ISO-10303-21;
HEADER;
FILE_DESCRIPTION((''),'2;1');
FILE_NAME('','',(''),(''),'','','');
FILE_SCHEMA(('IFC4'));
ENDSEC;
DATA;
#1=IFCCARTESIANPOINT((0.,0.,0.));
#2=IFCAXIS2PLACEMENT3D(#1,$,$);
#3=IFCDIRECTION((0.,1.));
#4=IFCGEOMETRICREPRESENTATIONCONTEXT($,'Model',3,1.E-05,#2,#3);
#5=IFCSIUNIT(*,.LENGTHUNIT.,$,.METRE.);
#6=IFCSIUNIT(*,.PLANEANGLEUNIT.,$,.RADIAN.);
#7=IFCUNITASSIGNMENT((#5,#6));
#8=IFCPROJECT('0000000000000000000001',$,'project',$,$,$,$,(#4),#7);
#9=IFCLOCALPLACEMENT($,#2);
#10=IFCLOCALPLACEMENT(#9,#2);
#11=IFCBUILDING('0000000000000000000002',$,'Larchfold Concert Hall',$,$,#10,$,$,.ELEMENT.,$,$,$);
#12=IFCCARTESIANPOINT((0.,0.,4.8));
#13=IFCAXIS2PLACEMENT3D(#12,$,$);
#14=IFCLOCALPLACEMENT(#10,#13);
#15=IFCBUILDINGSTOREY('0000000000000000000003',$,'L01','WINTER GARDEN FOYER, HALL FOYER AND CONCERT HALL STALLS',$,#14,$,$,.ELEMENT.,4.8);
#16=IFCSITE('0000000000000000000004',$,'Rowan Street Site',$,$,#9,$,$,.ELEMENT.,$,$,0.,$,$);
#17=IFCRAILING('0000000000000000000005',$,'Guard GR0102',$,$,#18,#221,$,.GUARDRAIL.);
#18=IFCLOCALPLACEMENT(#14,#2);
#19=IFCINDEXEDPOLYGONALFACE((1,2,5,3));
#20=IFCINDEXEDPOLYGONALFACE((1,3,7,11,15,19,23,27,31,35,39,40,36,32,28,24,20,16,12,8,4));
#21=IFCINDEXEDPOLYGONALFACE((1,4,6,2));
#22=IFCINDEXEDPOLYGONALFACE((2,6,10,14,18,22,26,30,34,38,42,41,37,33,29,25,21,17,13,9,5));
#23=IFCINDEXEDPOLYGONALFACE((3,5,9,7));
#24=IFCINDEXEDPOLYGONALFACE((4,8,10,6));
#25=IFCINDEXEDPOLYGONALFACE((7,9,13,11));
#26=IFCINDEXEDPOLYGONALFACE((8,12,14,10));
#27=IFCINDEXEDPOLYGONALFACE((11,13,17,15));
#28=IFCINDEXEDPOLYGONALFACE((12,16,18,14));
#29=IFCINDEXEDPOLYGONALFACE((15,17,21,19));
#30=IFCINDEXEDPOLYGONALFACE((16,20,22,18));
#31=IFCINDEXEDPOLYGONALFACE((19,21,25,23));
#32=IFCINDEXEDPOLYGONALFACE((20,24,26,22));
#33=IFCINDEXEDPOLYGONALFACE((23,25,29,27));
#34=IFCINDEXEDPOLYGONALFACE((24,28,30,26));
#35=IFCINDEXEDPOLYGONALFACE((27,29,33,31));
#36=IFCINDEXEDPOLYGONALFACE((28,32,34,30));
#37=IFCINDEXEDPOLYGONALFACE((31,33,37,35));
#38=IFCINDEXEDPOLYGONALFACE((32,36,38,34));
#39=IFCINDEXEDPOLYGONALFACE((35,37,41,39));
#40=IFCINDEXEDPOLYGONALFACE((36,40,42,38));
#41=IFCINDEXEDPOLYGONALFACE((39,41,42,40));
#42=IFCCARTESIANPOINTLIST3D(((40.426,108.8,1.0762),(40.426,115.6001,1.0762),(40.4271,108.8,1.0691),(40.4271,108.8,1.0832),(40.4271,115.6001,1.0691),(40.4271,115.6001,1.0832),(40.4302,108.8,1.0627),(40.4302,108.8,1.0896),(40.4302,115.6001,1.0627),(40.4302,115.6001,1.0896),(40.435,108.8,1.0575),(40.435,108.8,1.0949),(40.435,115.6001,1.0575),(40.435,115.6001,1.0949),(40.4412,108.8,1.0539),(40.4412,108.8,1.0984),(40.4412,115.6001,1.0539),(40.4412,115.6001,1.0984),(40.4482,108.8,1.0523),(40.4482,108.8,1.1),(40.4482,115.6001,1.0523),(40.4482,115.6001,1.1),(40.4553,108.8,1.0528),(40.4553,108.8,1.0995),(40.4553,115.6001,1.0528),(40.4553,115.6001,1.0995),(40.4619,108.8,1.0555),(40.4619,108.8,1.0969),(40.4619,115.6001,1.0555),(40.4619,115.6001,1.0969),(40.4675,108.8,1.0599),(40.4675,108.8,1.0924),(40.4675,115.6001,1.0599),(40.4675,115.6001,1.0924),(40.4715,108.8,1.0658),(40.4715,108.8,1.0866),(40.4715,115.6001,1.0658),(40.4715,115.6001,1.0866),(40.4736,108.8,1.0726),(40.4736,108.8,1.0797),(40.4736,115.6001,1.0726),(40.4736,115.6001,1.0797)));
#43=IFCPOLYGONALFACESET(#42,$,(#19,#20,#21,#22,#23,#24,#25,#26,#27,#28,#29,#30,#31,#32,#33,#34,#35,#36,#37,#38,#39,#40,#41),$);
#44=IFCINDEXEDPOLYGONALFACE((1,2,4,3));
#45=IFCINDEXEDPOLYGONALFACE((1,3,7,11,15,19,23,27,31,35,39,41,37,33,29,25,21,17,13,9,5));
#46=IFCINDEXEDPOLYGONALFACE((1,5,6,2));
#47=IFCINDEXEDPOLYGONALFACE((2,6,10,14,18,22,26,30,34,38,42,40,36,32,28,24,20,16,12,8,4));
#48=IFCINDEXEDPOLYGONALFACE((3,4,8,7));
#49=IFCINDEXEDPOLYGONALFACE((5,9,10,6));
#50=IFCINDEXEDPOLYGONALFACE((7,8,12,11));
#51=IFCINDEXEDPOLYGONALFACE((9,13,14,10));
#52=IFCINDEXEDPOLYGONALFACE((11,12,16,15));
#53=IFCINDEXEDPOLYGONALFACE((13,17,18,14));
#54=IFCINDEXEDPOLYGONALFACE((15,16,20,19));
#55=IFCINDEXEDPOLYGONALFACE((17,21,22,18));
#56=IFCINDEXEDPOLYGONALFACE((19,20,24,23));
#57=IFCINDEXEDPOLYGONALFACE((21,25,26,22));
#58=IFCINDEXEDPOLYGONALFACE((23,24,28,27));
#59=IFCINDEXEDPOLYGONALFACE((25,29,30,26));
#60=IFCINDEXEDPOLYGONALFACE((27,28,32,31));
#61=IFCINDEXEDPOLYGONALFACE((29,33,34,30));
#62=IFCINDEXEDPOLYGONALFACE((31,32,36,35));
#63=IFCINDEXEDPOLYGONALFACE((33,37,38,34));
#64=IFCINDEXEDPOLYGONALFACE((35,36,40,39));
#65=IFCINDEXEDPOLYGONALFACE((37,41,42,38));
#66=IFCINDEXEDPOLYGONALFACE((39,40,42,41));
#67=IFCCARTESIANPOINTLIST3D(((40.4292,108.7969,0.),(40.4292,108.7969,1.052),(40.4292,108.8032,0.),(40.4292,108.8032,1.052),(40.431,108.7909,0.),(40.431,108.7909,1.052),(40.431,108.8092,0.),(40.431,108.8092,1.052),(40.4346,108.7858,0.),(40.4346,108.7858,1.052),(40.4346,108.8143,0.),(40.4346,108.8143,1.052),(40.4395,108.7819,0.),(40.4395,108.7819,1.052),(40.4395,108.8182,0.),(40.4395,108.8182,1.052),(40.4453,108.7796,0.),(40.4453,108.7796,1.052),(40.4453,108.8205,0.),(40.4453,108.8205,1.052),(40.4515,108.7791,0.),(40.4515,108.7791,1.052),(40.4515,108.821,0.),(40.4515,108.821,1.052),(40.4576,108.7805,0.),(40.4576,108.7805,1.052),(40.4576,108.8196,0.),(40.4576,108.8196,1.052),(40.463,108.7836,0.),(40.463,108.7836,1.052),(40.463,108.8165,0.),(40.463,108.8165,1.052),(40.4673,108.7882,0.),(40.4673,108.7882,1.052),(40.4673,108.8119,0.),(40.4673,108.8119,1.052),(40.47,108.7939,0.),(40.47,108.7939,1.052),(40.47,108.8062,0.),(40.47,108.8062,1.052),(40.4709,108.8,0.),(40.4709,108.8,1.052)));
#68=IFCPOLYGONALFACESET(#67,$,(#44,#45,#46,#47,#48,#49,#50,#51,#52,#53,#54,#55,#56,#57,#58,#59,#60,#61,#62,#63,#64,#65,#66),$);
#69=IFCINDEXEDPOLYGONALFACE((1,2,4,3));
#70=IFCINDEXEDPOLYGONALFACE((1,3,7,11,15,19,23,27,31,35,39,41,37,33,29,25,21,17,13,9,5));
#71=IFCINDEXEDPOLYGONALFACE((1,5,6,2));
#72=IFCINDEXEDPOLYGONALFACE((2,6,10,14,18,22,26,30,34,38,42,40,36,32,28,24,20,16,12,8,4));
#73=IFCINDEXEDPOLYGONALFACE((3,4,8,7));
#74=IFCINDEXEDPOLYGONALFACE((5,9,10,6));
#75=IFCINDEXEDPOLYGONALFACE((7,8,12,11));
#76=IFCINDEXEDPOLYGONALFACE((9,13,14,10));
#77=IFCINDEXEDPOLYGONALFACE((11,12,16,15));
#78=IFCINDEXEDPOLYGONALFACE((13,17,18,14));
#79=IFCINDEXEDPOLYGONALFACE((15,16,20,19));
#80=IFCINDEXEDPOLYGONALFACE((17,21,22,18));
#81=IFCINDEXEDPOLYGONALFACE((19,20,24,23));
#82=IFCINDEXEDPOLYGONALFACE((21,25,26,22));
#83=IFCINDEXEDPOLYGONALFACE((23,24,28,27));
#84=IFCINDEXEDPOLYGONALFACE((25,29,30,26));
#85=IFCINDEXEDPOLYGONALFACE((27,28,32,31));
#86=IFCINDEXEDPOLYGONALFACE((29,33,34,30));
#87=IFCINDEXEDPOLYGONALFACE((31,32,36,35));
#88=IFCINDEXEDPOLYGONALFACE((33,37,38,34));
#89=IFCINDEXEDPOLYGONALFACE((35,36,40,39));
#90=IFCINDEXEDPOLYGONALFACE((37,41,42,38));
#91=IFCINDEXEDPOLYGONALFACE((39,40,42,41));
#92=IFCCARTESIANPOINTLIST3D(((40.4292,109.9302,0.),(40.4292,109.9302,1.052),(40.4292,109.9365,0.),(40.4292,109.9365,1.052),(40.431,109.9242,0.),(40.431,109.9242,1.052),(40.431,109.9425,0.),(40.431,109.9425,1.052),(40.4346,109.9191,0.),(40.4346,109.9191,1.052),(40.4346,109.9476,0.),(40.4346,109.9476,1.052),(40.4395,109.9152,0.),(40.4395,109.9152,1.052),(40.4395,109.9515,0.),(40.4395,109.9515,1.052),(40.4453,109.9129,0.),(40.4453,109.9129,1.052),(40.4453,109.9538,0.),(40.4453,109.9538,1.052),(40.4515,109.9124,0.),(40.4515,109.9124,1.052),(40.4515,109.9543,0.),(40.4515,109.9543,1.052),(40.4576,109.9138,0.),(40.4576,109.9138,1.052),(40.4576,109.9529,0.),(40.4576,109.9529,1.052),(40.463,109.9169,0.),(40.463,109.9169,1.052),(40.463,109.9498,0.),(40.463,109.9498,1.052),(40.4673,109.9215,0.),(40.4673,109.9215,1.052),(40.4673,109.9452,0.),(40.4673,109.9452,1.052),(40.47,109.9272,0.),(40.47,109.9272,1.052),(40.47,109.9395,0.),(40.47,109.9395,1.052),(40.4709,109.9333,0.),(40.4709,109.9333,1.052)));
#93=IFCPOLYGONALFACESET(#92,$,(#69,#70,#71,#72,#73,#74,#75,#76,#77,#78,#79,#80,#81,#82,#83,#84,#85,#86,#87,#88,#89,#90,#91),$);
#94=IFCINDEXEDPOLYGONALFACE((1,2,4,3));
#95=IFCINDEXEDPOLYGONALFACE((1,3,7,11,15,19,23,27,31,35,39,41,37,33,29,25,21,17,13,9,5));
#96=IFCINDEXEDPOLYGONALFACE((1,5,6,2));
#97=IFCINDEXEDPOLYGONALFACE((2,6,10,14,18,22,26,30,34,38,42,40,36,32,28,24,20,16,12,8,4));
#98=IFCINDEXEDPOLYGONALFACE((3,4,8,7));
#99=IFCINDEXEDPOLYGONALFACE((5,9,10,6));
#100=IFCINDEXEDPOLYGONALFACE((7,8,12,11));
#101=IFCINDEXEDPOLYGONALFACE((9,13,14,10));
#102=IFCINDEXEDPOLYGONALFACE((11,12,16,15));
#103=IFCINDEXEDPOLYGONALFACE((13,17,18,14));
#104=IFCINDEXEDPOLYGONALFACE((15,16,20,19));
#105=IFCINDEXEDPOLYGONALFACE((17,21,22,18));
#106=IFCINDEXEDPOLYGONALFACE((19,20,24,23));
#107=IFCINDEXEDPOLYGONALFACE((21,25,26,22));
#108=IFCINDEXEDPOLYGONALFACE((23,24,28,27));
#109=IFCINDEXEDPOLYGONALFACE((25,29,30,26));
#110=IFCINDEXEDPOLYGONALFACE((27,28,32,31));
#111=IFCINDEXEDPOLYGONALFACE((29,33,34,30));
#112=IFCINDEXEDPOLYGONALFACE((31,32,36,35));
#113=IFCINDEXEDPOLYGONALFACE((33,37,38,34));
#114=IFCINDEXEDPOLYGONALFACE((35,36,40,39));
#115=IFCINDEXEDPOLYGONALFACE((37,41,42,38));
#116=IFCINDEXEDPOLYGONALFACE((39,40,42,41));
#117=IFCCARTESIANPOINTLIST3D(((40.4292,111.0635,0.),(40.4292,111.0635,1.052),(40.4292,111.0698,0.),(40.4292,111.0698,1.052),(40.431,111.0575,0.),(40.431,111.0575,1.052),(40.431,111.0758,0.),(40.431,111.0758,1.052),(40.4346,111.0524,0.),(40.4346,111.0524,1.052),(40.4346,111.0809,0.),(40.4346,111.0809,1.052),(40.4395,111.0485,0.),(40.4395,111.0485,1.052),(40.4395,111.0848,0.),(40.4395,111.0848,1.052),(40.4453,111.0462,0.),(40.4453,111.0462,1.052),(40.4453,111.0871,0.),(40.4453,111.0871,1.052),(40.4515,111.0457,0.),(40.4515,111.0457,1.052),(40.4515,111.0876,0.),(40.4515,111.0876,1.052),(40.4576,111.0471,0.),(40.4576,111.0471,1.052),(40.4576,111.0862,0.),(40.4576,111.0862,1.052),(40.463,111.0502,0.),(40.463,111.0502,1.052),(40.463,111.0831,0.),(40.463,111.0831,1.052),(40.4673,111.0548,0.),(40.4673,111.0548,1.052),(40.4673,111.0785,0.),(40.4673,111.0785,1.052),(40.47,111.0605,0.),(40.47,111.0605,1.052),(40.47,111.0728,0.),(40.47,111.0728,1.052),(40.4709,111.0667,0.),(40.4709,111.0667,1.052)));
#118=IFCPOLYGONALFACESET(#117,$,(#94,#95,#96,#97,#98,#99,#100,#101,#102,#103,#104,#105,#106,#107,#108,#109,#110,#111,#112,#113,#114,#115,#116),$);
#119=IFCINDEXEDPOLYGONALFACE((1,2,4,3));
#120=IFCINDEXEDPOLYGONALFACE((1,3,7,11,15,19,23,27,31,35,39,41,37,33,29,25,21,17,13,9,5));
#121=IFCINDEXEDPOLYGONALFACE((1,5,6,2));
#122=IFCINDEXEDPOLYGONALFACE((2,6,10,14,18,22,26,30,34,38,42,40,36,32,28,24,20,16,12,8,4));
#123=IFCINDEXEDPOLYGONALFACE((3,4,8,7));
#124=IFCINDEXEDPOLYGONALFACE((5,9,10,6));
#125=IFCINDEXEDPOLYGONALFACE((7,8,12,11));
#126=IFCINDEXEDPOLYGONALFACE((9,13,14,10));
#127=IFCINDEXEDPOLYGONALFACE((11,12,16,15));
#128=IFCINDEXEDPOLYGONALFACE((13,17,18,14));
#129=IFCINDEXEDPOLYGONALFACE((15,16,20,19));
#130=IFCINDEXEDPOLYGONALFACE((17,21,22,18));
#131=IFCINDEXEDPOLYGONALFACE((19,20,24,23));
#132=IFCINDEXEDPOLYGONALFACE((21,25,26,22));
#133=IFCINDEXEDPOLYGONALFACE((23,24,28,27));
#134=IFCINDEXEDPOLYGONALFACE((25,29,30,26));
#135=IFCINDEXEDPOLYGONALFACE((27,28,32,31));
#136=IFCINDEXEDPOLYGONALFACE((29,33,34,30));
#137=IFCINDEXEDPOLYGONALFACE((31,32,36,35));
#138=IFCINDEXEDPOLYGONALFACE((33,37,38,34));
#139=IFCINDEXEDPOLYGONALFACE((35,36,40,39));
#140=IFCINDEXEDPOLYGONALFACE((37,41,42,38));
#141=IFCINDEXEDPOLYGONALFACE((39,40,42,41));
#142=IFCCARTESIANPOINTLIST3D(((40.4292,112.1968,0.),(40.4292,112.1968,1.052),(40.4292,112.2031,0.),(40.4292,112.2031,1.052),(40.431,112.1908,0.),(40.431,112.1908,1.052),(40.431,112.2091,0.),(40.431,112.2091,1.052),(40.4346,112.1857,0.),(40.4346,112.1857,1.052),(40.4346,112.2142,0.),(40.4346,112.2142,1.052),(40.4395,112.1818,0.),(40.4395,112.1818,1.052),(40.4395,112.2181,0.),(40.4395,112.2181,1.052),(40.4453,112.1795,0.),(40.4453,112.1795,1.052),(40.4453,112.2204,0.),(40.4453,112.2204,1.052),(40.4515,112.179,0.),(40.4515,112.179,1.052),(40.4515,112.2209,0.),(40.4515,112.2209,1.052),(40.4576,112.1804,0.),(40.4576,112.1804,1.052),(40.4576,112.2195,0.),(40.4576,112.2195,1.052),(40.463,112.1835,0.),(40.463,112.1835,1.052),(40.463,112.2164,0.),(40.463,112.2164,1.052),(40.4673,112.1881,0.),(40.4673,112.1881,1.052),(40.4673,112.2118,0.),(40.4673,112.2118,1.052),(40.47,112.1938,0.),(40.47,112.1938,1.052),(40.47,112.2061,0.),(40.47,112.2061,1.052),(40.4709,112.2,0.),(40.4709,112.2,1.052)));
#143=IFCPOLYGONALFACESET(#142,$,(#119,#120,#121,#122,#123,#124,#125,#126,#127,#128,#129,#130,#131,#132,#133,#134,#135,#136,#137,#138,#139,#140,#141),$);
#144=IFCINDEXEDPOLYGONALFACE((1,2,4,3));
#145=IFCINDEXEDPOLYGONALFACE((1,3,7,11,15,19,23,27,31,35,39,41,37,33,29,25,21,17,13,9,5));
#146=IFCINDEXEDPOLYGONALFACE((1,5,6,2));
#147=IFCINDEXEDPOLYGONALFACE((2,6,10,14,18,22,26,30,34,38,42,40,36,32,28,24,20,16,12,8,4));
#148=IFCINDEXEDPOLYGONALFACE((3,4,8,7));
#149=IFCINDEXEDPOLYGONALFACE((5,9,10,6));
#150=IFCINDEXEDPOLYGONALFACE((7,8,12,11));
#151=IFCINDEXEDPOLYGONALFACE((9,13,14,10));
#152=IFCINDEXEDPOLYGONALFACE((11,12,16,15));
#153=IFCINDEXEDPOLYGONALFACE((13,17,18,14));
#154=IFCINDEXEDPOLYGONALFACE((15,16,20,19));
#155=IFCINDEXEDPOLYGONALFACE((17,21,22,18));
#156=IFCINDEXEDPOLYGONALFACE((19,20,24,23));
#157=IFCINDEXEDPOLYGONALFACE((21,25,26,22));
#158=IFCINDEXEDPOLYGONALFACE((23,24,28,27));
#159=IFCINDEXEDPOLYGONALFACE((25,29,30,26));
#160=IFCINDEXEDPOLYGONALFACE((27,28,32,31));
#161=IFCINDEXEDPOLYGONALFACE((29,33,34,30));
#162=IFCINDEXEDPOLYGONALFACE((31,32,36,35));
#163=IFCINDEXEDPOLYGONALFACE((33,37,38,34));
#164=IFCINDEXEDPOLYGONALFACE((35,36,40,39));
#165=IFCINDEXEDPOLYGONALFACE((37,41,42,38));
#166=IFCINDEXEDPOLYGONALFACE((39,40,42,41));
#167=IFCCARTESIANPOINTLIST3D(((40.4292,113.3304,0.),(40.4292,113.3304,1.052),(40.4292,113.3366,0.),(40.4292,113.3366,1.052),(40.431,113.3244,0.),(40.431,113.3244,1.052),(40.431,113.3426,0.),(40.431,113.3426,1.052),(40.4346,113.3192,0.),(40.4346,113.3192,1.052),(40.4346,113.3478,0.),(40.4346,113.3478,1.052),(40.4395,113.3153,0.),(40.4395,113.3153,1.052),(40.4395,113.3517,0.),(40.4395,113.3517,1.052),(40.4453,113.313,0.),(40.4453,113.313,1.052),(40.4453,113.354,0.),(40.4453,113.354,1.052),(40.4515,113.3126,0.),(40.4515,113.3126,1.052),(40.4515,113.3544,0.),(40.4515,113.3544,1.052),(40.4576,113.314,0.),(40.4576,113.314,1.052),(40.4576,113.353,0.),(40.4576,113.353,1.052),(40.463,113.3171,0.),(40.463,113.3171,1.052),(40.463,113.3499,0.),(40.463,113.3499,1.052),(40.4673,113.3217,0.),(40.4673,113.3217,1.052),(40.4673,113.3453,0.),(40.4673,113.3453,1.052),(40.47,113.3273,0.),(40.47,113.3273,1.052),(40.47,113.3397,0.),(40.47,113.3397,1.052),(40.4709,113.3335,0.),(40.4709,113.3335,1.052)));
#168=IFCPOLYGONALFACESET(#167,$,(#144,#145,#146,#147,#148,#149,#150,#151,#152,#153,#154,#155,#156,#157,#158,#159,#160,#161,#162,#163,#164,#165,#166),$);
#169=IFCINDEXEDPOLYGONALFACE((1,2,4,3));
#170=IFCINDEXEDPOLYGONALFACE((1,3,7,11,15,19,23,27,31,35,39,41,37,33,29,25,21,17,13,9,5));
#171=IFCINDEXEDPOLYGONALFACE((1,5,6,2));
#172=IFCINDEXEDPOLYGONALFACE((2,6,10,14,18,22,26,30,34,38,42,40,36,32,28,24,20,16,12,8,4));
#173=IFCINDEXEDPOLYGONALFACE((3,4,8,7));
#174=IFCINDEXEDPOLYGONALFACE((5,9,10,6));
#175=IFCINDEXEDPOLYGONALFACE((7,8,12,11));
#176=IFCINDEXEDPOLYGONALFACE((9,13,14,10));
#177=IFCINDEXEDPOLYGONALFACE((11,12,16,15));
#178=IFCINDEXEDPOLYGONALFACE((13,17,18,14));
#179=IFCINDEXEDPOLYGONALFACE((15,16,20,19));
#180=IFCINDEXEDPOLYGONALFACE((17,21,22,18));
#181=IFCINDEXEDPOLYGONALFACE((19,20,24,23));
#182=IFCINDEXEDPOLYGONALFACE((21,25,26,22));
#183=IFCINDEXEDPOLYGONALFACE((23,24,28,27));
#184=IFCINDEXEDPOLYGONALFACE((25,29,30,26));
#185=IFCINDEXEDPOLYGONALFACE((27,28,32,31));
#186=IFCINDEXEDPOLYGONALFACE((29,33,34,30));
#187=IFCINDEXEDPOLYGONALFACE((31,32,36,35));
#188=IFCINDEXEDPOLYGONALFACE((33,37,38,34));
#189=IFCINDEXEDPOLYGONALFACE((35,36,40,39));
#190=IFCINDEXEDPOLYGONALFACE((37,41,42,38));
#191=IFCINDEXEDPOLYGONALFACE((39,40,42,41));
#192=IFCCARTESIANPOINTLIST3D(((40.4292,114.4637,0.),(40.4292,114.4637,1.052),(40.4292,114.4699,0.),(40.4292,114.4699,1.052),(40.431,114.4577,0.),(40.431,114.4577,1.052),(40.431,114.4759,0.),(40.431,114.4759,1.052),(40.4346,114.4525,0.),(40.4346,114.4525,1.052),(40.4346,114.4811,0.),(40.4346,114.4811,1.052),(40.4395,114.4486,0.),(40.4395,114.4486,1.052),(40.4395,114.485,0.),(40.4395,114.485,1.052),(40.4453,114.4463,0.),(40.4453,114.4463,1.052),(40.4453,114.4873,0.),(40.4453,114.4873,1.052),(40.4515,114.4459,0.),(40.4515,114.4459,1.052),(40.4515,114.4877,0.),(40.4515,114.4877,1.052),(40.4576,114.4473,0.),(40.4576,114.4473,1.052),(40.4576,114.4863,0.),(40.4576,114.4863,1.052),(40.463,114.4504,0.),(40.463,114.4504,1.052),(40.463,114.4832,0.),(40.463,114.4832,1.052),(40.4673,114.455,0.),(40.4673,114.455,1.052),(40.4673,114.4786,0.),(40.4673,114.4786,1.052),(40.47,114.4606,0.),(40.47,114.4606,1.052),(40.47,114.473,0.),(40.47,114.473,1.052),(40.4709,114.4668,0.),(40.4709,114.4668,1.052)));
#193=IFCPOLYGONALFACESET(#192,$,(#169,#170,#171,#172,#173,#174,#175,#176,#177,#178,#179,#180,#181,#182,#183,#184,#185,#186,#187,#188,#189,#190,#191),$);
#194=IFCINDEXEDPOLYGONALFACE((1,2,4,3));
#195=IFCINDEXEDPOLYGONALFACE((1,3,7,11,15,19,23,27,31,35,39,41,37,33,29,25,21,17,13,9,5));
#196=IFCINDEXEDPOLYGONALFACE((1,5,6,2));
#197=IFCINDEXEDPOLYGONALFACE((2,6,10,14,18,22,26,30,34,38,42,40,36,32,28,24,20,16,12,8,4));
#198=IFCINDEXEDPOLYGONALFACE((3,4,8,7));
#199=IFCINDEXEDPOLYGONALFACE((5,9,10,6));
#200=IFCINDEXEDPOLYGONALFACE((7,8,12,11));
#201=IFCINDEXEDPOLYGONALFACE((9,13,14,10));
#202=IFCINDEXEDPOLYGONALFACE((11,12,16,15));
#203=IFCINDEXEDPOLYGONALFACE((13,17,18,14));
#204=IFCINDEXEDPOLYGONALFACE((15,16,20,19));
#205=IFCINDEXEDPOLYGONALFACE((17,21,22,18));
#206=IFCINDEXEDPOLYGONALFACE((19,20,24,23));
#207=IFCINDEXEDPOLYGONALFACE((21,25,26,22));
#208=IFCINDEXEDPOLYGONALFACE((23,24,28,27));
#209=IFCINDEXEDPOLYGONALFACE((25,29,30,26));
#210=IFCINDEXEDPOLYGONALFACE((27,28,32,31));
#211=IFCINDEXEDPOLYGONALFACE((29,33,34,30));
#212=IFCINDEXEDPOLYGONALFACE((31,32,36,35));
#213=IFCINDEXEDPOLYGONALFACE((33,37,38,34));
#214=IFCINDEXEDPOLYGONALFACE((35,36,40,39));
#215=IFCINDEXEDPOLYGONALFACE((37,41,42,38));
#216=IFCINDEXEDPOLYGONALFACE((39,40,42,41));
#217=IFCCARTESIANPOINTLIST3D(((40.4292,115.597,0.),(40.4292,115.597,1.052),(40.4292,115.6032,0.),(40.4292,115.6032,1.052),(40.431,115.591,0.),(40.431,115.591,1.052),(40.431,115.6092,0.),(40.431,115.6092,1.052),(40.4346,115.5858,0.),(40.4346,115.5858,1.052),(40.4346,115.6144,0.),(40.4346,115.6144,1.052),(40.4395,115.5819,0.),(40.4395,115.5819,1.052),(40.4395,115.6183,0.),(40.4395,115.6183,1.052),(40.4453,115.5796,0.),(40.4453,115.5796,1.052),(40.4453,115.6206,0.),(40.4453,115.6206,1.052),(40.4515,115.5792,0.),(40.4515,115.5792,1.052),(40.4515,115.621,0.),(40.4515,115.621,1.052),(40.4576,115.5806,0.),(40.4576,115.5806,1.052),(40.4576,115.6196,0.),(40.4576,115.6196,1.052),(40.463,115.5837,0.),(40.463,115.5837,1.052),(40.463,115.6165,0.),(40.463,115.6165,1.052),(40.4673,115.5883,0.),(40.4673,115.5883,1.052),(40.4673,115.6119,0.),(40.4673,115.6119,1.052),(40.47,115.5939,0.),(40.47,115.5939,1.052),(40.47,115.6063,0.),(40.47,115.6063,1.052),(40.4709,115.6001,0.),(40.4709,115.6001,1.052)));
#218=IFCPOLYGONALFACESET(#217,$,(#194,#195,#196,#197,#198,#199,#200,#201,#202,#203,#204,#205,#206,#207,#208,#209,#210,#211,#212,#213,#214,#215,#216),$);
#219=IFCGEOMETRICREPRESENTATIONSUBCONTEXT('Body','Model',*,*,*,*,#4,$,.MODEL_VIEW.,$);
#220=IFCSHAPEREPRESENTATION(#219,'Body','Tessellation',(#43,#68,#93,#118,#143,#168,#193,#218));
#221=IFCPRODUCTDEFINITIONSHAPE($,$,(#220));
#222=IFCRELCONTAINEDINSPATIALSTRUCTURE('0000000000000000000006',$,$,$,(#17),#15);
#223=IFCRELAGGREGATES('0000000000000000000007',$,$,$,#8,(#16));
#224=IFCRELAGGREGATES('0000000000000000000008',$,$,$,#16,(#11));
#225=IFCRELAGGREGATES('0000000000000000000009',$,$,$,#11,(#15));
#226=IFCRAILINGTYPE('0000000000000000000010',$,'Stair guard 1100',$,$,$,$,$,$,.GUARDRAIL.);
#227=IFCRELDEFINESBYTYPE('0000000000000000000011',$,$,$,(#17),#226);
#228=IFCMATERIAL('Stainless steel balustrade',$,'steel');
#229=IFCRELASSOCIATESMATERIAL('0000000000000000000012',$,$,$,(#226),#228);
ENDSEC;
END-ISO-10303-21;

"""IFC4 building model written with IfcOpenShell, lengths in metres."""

from ifc_helpers import new_model, si_unit, direction, frame, origin, origin_2d, place, context, subcontext, project, spatial, circle, extrude, material, type_object, element, save


model = new_model("IFC4")

# Units and contexts
model_context = context("Model", 3, precision=1e-05, world=origin(), true_north=direction((0.0, 1.0)))
body_context = subcontext(model_context, "Body", "Model", "MODEL_VIEW")
ifc_project = project(units=[si_unit("LENGTHUNIT", "METRE"), si_unit("PLANEANGLEUNIT", "RADIAN")], contexts=[model_context])

# Site, building, storey
site_placement = place(None, origin())
site = spatial("IfcSite", under=ifc_project, at=site_placement, Name="Rowan Street Site", CompositionType="ELEMENT", RefElevation=0.0)
building_placement = place(site_placement, origin())
building = spatial("IfcBuilding", under=site, at=building_placement, Name="Larchfold Concert Hall", CompositionType="ELEMENT")
storey_placement = place(building_placement, frame((0.0, 0.0, 4.8)))
storey = spatial("IfcBuildingStorey", under=building, at=storey_placement, Name="L01", Description="WINTER GARDEN FOYER, HALL FOYER AND CONCERT HALL STALLS", CompositionType="ELEMENT", Elevation=4.8)

# Railing
ifc_material_1 = material(Name="Stainless steel balustrade", Category="steel")
railing_type_1 = type_object("IfcRailingType", Name="Stair guard 1100", PredefinedType="GUARDRAIL", material=ifc_material_1)
railing_1_placement = place(storey_placement, frame((40.45, 108.8, 0.0)))
element("IfcRailing", 1, at=railing_1_placement, inside=storey, type_object=railing_type_1, Name="Guard GR0102", PredefinedType="GUARDRAIL", context=body_context, shape_type="SweptSolid", body=[
    extrude(circle(Radius=0.0239, at=origin_2d()), frame((0.0, 0.0, 1.0762), z_axis=(0.0, 1.0, 0.0), x_axis=(-1.0, 0.0, 0.0)), (0.0, 0.0, 1.0), 6.8),
    extrude(circle(Radius=0.021, at=origin_2d()), origin(), (0.0, 0.0, 1.0), 1.052),
    extrude(circle(Radius=0.021, at=origin_2d()), frame((0.0, 1.1333, 0.0)), (0.0, 0.0, 1.0), 1.052),
    extrude(circle(Radius=0.021, at=origin_2d()), frame((0.0, 2.2666, 0.0)), (0.0, 0.0, 1.0), 1.052),
    extrude(circle(Radius=0.021, at=origin_2d()), frame((0.0, 3.3999, 0.0)), (0.0, 0.0, 1.0), 1.052),
    extrude(circle(Radius=0.021, at=origin_2d()), frame((0.0, 4.5334, 0.0)), (0.0, 0.0, 1.0), 1.052),
    extrude(circle(Radius=0.021, at=origin_2d()), frame((0.0, 5.6667, 0.0)), (0.0, 0.0, 1.0), 1.052),
    extrude(circle(Radius=0.021, at=origin_2d()), frame((0.0, 6.8, 0.0)), (0.0, 0.0, 1.0), 1.052),
])

save(model, "model.ifc")
